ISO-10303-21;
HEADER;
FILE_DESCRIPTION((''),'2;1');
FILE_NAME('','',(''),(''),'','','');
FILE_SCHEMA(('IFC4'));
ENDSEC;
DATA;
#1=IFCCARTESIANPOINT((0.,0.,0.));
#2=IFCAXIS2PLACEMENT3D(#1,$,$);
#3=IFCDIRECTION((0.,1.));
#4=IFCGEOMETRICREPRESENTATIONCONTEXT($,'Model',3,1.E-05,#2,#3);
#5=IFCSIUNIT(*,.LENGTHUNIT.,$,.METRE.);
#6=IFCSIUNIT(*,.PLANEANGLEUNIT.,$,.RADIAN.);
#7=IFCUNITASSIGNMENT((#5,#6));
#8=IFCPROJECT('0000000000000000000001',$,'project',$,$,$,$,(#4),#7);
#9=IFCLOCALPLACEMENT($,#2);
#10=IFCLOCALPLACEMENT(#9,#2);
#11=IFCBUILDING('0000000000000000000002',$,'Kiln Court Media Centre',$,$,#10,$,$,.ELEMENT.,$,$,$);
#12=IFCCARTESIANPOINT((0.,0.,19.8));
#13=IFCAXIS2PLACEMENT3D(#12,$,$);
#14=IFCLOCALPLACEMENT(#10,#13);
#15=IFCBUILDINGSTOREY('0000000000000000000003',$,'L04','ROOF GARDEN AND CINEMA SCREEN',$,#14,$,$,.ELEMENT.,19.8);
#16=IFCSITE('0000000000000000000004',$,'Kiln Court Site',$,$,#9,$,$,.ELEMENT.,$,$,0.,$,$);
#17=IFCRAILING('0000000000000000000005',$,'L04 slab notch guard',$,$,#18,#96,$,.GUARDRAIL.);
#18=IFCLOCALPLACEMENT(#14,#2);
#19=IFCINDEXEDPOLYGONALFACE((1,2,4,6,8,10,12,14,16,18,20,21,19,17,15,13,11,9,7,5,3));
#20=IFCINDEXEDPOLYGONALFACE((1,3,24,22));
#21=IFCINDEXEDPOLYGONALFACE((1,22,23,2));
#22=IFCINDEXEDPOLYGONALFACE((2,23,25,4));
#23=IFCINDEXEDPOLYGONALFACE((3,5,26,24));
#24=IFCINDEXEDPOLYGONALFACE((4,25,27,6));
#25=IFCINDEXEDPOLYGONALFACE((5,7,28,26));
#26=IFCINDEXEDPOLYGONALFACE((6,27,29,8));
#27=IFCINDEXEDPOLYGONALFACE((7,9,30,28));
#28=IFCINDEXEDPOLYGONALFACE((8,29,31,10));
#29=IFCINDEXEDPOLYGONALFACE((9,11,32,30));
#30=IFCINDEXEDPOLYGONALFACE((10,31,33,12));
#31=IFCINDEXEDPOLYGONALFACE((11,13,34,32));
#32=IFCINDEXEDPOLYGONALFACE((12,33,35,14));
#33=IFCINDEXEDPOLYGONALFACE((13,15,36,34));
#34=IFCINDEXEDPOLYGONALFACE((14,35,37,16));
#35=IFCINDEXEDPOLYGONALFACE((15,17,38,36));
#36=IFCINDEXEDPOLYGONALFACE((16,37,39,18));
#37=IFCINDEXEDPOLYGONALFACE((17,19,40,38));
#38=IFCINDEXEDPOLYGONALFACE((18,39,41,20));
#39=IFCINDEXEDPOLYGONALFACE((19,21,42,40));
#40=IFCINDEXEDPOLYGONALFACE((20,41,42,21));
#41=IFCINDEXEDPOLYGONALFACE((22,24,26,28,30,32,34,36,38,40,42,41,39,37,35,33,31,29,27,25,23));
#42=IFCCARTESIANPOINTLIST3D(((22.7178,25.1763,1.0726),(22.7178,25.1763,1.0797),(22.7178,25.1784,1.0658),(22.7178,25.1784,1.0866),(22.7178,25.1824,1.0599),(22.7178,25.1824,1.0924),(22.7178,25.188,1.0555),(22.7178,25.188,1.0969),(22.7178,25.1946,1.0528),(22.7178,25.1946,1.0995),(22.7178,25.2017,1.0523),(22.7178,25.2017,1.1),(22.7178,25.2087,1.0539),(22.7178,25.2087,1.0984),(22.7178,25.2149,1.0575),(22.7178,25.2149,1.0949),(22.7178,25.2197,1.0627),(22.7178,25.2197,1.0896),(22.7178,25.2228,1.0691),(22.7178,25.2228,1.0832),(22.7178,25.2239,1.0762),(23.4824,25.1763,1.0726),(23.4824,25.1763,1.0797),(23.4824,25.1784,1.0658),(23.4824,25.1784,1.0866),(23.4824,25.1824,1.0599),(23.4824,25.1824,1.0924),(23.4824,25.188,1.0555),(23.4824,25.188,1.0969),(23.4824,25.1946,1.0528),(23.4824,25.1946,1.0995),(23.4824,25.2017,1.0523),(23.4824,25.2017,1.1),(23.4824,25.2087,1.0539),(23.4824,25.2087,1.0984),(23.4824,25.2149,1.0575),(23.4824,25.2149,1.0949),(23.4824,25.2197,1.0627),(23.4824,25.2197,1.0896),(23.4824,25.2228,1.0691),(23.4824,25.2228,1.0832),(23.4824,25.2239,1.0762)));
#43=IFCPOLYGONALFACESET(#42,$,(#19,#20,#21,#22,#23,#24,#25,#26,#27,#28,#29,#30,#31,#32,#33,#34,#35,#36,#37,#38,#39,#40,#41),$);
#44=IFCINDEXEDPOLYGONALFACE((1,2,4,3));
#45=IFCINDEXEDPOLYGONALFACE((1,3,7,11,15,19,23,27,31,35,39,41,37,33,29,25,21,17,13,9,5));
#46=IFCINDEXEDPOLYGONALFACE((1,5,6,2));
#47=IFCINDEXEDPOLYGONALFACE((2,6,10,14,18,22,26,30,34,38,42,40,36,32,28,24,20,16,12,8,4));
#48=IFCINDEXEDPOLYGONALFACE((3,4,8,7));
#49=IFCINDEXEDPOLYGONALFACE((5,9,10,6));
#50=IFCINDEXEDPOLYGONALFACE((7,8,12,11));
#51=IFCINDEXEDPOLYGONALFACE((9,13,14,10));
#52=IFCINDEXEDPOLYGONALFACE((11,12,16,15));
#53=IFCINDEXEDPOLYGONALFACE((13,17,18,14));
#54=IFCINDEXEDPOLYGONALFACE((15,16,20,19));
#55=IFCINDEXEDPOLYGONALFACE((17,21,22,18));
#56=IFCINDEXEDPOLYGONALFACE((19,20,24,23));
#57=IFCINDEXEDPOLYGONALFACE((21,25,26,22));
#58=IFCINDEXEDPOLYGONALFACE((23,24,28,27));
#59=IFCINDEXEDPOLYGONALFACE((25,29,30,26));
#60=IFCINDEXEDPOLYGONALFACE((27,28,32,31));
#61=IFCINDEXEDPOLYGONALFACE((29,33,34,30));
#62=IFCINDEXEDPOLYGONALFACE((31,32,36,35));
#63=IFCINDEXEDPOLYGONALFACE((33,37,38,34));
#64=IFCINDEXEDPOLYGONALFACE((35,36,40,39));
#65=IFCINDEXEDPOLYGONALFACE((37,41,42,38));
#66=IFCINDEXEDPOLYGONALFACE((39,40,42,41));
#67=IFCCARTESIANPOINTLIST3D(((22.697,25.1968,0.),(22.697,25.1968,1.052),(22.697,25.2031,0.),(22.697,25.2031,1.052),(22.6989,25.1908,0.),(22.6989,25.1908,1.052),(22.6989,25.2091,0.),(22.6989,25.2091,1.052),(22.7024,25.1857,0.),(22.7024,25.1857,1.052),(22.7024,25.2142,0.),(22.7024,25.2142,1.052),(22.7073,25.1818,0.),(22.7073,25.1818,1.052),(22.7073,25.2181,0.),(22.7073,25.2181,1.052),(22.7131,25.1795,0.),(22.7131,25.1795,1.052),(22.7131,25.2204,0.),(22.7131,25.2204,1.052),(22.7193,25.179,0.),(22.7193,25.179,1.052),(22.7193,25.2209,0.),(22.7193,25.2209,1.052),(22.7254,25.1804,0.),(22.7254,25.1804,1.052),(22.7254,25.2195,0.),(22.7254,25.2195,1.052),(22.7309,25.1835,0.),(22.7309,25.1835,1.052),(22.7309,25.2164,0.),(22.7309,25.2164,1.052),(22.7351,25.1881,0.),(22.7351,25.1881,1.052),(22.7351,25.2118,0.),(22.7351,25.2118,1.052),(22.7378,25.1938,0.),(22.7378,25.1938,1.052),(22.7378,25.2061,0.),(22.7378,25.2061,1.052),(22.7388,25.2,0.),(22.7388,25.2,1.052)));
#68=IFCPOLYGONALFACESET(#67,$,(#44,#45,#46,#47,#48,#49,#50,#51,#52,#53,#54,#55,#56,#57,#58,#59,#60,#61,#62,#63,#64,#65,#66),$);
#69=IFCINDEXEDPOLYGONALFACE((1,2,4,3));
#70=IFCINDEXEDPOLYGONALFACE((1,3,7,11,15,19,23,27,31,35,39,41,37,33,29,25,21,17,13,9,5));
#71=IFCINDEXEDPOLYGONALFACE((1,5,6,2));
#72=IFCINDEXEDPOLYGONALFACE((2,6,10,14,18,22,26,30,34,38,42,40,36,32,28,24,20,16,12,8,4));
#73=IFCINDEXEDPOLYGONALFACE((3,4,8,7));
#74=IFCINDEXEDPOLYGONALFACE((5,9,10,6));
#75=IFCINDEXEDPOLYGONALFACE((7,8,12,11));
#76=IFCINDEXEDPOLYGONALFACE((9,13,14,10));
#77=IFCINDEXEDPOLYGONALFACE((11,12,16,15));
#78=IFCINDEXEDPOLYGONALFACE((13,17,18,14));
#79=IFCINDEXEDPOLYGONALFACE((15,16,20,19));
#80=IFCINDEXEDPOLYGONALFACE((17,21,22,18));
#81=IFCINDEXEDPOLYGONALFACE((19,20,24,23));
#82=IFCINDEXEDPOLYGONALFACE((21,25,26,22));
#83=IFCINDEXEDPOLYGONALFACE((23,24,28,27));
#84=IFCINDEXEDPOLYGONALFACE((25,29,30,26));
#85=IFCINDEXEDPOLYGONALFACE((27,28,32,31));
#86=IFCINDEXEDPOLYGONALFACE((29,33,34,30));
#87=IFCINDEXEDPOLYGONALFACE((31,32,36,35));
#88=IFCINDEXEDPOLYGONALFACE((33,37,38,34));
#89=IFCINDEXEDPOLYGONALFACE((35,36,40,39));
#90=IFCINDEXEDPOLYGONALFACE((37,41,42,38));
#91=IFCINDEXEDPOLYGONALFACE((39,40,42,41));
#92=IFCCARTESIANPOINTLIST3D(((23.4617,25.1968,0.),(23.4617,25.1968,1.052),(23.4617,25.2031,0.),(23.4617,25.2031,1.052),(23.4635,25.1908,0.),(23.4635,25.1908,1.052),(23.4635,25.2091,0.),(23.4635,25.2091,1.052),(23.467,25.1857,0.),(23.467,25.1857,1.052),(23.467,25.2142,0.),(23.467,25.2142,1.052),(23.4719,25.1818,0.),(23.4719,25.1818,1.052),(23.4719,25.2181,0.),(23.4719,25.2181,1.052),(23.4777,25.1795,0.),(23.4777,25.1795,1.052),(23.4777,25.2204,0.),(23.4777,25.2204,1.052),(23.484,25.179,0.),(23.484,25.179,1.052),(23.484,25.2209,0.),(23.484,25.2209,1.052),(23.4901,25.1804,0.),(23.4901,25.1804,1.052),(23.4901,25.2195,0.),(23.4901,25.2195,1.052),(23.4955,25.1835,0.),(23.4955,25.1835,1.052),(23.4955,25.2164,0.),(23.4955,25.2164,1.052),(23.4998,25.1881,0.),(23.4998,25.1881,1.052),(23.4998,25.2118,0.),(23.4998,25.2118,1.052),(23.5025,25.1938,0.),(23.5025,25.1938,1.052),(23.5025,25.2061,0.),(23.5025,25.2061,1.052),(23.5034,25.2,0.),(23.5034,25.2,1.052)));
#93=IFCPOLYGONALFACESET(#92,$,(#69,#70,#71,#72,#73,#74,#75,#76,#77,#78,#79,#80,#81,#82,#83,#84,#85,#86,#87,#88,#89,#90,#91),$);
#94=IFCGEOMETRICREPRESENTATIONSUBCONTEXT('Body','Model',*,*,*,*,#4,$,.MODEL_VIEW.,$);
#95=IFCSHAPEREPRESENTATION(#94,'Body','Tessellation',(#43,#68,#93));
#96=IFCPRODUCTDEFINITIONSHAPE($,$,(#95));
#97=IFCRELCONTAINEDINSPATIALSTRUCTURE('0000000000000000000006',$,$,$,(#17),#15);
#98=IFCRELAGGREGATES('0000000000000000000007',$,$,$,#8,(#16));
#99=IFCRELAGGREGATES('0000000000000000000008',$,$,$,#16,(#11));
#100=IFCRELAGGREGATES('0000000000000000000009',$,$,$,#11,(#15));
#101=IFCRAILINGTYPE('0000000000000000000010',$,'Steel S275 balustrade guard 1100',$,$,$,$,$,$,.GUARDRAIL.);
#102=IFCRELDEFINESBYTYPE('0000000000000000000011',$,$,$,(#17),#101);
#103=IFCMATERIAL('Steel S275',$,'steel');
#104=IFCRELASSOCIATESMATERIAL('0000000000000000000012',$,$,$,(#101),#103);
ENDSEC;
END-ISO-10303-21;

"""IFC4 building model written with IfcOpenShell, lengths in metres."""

from ifc_helpers import new_model, si_unit, direction, frame, origin, origin_2d, place, context, subcontext, project, spatial, circle, extrude, material, type_object, element, save


model = new_model("IFC4")

# Units and contexts
model_context = context("Model", 3, precision=1e-05, world=origin(), true_north=direction((0.0, 1.0)))
body_context = subcontext(model_context, "Body", "Model", "MODEL_VIEW")
ifc_project = project(units=[si_unit("LENGTHUNIT", "METRE"), si_unit("PLANEANGLEUNIT", "RADIAN")], contexts=[model_context])

# Site, building, storey
site_placement = place(None, origin())
site = spatial("IfcSite", under=ifc_project, at=site_placement, Name="Kiln Court Site", CompositionType="ELEMENT", RefElevation=0.0)
building_placement = place(site_placement, origin())
building = spatial("IfcBuilding", under=site, at=building_placement, Name="Kiln Court Media Centre", CompositionType="ELEMENT")
storey_placement = place(building_placement, frame((0.0, 0.0, 19.8)))
storey = spatial("IfcBuildingStorey", under=building, at=storey_placement, Name="L04", Description="ROOF GARDEN AND CINEMA SCREEN", CompositionType="ELEMENT", Elevation=19.8)

# Railing
ifc_material_1 = material(Name="Steel S275", Category="steel")
railing_type = type_object("IfcRailingType", Name="Steel S275 balustrade guard 1100", PredefinedType="GUARDRAIL", material=ifc_material_1)
for number, where, name in (
    (1, (22.7178, 25.2, 0.0), "L04 slab notch guard"),
):
    element("IfcRailing", number, at=place(storey_placement, frame(where)), inside=storey, type_object=railing_type, Name=name, PredefinedType="GUARDRAIL", context=body_context, shape_type="SweptSolid", body=[
        extrude(circle(Radius=0.0239, at=origin_2d()), frame((0.0, 0.0, 1.0762), z_axis=(1.0, 0.0, 0.0), x_axis=(0.0, 1.0, 0.0)), (0.0, 0.0, 1.0), 0.7646),
        extrude(circle(Radius=0.021, at=origin_2d()), origin(), (0.0, 0.0, 1.0), 1.052),
        extrude(circle(Radius=0.021, at=origin_2d()), frame((0.7646, 0.0, 0.0)), (0.0, 0.0, 1.0), 1.052),
    ])

save(model, "model.ifc")
